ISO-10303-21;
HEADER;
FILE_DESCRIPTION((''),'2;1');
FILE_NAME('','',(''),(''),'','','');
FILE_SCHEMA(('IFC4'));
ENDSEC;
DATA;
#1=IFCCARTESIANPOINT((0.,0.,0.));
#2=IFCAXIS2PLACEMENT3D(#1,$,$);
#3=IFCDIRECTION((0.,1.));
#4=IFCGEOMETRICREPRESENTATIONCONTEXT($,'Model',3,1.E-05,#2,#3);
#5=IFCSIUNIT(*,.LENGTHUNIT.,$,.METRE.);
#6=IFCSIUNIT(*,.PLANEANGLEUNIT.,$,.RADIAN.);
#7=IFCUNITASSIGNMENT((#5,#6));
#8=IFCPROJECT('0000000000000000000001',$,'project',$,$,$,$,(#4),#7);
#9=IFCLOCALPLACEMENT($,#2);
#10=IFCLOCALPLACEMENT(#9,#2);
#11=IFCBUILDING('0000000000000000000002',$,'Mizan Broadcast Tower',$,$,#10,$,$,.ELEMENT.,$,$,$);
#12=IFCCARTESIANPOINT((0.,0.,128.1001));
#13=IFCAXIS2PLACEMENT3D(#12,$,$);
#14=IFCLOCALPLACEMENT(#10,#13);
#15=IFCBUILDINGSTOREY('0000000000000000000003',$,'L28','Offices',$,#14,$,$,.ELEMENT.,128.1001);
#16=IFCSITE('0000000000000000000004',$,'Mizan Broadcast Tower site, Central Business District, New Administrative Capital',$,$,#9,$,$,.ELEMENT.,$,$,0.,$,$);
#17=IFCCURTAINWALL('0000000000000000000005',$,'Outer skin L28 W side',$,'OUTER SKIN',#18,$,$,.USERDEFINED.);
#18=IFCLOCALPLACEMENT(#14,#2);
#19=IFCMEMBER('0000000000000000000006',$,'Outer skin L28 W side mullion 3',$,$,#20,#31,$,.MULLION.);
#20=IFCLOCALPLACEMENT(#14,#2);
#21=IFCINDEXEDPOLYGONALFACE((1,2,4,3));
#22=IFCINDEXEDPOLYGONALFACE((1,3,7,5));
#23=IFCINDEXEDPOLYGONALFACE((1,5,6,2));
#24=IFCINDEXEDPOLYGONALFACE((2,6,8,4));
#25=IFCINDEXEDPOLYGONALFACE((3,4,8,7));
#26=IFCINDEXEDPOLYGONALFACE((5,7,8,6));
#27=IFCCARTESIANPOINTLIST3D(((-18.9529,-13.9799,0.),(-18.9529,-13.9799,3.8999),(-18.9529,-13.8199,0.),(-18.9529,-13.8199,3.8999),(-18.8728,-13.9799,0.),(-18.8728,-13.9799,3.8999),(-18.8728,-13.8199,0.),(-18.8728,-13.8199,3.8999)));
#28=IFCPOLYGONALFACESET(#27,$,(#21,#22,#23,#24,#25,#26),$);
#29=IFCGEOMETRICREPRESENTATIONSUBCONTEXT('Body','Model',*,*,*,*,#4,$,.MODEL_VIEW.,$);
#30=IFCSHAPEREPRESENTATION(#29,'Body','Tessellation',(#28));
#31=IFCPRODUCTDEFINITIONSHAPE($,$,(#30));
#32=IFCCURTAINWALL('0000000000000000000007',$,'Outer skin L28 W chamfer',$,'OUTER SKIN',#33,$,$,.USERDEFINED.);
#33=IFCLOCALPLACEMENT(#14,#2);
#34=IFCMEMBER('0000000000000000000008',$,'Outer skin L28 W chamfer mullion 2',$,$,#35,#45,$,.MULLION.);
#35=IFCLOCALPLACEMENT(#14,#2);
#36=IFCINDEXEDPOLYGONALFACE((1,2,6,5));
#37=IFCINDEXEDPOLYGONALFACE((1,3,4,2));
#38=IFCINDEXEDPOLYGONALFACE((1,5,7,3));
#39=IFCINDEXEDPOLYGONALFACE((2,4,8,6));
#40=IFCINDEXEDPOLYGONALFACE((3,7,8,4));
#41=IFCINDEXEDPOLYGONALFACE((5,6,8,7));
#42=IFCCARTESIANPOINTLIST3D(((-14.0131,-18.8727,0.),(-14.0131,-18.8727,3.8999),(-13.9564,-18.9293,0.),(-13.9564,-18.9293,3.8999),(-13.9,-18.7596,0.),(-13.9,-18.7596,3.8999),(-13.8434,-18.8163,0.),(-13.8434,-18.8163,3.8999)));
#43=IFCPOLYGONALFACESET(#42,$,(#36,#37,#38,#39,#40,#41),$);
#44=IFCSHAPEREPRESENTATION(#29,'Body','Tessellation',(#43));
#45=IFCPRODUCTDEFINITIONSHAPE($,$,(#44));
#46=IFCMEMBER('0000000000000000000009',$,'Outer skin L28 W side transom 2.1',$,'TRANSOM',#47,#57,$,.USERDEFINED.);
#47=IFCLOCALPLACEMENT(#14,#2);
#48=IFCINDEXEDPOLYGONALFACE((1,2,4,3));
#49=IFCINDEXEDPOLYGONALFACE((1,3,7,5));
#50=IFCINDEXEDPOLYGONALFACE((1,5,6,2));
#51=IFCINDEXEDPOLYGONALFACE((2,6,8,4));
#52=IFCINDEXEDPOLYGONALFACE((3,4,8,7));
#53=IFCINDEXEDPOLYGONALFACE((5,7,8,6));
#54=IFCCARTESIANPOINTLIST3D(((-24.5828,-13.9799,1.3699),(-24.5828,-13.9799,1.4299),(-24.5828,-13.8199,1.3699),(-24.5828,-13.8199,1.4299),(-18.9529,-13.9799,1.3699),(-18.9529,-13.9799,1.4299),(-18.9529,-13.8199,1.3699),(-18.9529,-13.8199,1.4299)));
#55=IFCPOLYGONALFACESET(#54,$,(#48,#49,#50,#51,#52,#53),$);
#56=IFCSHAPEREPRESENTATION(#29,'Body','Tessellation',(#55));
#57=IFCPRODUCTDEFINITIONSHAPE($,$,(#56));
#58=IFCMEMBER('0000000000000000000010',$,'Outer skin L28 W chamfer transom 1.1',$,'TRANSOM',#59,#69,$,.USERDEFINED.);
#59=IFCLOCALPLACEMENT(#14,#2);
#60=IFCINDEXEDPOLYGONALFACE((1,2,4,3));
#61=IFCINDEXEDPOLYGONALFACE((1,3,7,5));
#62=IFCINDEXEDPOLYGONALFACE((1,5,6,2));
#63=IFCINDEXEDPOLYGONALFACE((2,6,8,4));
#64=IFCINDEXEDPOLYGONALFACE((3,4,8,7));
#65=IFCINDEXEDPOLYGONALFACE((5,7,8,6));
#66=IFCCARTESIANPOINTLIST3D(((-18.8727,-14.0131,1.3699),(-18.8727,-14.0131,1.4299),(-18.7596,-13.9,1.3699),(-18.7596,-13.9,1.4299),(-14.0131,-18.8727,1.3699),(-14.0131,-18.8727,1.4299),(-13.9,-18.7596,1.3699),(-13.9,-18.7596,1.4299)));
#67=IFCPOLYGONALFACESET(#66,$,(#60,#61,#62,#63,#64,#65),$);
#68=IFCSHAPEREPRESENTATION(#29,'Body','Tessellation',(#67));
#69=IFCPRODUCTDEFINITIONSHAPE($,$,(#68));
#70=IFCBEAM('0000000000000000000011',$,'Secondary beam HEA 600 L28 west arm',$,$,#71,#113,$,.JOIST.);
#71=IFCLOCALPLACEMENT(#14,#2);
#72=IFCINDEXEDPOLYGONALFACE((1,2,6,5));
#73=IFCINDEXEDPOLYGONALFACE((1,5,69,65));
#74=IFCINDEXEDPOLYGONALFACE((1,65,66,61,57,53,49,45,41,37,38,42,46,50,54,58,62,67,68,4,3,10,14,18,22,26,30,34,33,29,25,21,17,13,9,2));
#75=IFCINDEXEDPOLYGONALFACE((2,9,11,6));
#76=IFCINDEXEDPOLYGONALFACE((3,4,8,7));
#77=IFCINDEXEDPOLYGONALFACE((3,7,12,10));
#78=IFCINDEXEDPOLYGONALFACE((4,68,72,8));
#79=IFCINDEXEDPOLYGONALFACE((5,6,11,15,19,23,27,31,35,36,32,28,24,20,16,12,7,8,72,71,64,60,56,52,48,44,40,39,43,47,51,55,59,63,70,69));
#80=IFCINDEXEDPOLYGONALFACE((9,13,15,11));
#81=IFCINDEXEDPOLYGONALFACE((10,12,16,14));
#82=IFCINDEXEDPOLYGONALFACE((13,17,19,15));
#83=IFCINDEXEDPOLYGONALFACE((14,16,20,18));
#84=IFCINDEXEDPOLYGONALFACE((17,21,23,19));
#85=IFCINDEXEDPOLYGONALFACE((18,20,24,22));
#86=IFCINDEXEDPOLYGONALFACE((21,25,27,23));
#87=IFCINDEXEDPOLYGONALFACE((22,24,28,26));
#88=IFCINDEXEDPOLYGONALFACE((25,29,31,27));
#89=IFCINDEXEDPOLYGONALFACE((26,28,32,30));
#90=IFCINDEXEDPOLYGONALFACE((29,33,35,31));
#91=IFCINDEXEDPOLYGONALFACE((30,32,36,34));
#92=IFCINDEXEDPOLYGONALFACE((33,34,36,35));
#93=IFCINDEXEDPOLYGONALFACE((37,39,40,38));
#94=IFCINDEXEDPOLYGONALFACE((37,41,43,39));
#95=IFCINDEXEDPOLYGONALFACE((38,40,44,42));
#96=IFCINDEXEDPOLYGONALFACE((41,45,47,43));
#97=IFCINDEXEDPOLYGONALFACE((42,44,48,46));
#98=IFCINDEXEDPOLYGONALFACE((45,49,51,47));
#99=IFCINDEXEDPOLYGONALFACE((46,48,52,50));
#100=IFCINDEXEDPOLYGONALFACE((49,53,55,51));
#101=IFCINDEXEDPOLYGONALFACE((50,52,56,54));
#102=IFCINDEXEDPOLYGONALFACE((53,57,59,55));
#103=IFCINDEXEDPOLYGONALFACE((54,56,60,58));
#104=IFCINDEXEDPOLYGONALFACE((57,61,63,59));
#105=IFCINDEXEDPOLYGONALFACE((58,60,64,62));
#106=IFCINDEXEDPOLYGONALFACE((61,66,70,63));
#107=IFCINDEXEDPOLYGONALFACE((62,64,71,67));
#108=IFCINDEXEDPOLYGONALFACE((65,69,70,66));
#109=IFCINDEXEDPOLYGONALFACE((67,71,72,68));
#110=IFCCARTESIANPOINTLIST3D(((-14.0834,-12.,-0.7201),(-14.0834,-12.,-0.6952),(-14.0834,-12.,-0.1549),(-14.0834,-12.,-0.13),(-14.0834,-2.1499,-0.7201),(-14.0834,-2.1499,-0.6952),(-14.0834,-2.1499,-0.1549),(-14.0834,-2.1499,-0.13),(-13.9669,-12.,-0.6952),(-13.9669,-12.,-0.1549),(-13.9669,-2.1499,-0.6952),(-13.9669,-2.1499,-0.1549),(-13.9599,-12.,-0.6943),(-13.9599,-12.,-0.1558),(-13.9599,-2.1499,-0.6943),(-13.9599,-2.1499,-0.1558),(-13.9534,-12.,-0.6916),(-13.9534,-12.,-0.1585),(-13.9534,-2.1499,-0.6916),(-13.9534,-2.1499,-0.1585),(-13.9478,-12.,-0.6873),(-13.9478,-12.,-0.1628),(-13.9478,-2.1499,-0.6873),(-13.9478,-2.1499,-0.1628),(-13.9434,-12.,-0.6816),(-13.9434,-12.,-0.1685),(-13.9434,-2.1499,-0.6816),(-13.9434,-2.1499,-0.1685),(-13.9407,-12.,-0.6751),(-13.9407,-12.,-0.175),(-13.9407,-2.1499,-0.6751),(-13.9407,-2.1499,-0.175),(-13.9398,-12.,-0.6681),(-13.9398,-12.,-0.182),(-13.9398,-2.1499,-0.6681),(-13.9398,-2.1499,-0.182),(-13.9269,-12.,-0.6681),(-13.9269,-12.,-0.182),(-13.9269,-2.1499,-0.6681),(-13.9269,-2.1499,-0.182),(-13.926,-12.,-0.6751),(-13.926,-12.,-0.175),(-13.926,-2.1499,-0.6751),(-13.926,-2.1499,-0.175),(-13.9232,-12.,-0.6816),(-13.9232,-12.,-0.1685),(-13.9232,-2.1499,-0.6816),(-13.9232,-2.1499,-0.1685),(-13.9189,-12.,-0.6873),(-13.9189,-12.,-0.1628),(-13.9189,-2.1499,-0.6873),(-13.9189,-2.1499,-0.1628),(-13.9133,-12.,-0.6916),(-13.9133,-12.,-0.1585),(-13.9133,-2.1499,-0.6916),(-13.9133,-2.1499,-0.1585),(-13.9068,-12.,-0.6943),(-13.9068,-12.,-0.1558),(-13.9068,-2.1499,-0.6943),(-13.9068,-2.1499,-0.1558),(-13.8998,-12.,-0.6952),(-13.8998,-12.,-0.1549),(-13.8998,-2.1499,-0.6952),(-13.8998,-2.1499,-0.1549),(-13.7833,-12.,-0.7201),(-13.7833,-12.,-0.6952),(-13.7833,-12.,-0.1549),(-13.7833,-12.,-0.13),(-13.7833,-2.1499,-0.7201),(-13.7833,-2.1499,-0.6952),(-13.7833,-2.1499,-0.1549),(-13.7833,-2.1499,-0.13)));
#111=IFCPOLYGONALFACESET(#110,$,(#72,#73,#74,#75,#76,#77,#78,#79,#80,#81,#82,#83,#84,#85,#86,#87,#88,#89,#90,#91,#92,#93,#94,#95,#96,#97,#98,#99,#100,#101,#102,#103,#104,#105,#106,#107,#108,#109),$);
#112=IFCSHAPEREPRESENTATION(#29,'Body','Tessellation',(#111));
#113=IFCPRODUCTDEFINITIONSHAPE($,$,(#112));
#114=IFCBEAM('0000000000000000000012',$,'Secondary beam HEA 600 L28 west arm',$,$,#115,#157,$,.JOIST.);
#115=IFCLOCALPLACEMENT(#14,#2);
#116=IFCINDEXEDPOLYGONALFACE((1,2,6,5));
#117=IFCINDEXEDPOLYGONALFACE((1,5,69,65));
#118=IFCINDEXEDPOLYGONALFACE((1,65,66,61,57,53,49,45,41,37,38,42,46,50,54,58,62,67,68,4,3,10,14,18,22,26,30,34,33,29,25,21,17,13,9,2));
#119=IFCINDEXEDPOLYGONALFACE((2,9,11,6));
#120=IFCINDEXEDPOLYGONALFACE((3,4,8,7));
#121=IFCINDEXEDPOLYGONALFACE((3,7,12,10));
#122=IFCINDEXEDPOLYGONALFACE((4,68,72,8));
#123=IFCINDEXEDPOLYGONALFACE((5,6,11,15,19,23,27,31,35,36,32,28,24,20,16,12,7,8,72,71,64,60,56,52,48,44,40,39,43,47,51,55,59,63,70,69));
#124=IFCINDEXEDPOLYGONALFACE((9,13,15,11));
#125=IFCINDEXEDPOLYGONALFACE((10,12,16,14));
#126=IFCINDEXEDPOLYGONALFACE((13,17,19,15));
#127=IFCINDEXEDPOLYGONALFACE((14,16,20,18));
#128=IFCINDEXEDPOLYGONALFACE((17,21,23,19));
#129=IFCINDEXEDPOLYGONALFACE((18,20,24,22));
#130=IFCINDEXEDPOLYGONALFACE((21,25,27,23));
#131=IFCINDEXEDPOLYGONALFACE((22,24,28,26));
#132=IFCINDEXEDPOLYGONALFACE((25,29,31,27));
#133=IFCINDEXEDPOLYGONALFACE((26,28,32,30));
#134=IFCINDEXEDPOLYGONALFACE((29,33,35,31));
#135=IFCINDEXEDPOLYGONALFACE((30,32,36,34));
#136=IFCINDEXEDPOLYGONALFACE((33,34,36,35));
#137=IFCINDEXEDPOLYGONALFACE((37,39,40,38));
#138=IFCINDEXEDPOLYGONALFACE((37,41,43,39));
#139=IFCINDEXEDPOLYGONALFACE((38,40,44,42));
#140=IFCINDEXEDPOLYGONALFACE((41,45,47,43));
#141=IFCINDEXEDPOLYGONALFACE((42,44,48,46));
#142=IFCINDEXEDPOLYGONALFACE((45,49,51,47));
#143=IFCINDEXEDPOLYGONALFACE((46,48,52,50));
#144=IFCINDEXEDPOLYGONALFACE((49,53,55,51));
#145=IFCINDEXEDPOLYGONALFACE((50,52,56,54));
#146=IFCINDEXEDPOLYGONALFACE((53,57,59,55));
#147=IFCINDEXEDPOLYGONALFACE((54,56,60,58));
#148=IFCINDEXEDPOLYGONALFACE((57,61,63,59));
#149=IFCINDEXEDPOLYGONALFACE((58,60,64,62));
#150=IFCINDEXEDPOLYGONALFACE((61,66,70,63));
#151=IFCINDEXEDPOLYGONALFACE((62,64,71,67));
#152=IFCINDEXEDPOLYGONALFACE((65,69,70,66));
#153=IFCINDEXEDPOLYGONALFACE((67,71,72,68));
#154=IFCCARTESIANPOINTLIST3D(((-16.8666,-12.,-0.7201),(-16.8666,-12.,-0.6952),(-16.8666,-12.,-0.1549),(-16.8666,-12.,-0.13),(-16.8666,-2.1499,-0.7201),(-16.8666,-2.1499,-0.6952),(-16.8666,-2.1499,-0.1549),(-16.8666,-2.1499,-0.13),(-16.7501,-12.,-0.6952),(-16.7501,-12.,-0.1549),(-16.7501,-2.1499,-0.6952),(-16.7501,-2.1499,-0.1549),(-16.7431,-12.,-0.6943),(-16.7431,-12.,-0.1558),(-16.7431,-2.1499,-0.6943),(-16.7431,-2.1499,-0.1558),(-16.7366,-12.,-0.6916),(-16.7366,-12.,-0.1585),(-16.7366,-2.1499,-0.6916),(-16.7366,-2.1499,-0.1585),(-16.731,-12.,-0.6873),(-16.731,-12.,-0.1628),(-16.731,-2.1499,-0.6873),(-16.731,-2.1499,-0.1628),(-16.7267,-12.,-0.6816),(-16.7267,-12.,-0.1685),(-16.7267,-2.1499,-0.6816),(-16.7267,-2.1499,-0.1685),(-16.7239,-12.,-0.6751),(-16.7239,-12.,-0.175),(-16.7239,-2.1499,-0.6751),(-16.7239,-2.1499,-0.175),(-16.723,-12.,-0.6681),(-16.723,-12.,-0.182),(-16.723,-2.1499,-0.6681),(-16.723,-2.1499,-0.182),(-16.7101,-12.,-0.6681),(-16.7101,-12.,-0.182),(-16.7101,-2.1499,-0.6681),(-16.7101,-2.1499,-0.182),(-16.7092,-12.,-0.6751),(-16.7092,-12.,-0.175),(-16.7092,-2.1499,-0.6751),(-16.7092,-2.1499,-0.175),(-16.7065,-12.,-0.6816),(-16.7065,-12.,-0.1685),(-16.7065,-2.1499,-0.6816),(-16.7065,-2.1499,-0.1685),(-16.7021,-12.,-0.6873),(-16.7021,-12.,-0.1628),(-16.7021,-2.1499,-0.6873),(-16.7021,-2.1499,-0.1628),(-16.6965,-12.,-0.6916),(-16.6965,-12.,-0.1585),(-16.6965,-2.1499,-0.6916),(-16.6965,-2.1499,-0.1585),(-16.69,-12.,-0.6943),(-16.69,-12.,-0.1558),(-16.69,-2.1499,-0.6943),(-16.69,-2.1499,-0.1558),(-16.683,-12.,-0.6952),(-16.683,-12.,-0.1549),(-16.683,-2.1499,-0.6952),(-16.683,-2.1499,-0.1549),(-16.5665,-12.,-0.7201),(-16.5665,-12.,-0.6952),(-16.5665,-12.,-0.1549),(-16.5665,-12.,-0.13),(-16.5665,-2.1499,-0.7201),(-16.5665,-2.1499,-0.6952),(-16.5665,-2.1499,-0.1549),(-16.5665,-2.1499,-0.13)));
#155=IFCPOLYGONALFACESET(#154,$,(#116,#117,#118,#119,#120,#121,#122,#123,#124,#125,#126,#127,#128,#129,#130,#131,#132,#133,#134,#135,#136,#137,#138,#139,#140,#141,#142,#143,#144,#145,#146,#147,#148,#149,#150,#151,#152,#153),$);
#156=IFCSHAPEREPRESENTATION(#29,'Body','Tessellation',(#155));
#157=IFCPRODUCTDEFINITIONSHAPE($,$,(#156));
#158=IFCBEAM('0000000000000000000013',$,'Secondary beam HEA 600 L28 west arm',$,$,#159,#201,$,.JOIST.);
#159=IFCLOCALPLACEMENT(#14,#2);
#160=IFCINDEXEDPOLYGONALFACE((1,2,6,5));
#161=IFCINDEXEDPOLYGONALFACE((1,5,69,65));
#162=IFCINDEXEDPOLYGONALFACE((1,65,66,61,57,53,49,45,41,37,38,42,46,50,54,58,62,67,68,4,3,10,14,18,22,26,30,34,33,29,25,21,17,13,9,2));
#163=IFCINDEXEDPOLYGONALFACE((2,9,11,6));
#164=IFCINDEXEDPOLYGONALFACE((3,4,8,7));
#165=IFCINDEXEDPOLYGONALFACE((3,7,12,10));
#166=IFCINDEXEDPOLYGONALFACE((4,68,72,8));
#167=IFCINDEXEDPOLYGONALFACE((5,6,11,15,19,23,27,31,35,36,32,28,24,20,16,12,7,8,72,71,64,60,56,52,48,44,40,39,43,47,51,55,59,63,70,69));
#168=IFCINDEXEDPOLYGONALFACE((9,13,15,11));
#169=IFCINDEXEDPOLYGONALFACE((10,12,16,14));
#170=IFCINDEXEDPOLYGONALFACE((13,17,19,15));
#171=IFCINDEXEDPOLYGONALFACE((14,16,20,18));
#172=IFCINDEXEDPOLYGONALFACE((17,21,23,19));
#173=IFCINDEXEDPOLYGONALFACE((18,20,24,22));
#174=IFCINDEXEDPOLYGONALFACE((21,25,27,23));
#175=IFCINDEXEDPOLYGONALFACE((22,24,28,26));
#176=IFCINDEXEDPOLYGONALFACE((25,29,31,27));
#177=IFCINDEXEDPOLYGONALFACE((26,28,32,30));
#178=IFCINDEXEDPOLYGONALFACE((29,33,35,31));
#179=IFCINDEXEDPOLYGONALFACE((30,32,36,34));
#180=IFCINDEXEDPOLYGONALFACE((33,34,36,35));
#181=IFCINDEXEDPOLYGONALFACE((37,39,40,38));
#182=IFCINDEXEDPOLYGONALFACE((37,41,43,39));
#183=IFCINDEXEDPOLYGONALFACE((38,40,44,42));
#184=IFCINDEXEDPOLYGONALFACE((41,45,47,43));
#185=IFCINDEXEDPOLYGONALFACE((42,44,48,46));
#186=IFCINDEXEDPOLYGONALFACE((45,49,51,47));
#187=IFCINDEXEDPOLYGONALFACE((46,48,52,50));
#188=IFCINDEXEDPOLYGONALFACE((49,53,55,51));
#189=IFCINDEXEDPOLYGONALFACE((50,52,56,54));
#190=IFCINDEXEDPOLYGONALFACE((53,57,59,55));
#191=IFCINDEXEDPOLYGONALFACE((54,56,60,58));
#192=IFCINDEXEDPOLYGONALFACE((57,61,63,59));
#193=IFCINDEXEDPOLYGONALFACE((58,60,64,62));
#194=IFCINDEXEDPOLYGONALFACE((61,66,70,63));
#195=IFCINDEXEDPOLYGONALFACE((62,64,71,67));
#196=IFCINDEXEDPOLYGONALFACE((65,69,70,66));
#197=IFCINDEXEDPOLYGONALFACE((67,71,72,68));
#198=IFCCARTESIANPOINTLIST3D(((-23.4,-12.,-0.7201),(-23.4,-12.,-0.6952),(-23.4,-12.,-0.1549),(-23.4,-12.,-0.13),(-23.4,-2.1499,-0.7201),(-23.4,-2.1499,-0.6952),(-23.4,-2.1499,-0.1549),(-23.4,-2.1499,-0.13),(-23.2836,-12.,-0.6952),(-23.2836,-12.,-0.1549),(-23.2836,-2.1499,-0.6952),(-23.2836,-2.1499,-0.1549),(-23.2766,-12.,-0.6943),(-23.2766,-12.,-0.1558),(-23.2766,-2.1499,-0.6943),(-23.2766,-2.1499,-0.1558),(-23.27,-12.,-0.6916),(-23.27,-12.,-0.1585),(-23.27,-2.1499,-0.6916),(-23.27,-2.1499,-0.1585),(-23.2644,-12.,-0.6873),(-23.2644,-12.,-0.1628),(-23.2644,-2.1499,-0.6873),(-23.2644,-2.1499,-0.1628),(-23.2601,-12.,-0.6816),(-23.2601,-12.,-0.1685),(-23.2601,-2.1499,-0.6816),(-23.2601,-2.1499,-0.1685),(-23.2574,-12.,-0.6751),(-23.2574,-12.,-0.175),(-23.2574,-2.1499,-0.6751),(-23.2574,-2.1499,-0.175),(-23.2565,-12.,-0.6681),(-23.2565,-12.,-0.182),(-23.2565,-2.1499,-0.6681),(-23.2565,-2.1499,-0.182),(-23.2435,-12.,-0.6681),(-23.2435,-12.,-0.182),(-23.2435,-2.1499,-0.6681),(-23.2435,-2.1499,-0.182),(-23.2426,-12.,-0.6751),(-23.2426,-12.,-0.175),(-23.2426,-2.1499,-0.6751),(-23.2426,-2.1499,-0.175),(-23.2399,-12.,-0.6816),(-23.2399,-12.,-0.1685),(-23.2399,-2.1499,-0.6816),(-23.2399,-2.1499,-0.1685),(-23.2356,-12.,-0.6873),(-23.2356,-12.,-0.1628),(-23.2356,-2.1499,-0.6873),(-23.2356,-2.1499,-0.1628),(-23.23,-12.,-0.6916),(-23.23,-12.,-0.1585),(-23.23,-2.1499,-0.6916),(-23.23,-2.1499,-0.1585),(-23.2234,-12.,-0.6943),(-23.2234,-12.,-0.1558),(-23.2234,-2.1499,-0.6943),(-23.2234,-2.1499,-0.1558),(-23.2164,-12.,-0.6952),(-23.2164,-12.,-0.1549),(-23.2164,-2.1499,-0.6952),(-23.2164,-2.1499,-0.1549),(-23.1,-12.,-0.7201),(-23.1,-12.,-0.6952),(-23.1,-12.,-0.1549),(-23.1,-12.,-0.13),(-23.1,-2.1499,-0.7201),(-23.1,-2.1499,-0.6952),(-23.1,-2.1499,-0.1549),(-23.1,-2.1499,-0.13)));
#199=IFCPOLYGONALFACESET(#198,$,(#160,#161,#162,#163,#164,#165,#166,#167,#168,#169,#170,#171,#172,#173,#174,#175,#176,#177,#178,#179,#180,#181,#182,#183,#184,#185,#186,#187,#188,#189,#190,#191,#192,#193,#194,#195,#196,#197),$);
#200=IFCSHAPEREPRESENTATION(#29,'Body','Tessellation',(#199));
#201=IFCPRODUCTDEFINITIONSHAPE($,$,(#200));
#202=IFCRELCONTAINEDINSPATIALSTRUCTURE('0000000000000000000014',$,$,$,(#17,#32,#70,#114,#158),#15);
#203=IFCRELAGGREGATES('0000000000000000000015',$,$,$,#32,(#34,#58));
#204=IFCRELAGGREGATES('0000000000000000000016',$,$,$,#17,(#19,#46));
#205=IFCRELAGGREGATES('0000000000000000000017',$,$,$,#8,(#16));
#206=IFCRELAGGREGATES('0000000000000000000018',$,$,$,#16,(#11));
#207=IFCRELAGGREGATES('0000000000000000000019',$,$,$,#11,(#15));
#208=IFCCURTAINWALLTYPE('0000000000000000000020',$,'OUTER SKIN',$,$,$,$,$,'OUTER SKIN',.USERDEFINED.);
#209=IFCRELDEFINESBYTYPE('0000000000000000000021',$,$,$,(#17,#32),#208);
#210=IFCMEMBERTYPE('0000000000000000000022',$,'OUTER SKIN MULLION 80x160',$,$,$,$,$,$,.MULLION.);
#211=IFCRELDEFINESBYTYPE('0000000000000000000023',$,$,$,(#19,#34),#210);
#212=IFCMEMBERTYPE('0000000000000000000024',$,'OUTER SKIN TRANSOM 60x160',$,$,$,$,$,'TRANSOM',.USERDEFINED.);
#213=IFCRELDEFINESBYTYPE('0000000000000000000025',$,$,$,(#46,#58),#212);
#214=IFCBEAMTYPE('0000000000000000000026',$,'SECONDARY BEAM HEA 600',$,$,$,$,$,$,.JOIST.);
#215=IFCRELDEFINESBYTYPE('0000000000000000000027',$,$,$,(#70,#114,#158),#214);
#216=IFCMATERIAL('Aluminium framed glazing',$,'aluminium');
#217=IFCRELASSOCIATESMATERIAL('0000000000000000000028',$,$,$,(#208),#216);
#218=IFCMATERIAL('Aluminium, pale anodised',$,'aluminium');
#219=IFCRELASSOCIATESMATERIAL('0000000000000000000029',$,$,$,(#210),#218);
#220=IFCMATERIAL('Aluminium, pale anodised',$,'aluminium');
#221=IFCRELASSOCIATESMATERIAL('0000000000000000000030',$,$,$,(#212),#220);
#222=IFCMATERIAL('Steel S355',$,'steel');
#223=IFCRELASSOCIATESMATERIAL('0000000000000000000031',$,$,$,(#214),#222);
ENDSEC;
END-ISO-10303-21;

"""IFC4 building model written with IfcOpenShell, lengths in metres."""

from ifc_helpers import new_model, si_unit, direction, frame, origin, origin_2d, place, context, subcontext, project, spatial, rectangle, i_section, extrude, material, material_profile, profile_set, type_object, element, aggregate, save


model = new_model("IFC4")

# Units and contexts
model_context = context("Model", 3, precision=1e-05, world=origin(), true_north=direction((0.0, 1.0)))
body_context = subcontext(model_context, "Body", "Model", "MODEL_VIEW")
ifc_project = project(units=[si_unit("LENGTHUNIT", "METRE"), si_unit("PLANEANGLEUNIT", "RADIAN")], contexts=[model_context])

# Site, building, storey
site_placement = place(None, origin())
site = spatial("IfcSite", under=ifc_project, at=site_placement, Name="Mizan Broadcast Tower site, Central Business District, New Administrative Capital", CompositionType="ELEMENT", RefElevation=0.0)
building_placement = place(site_placement, origin())
building = spatial("IfcBuilding", under=site, at=building_placement, Name="Mizan Broadcast Tower", CompositionType="ELEMENT")
storey_placement = place(building_placement, frame((0.0, 0.0, 128.1001)))
storey = spatial("IfcBuildingStorey", under=building, at=storey_placement, Name="L28", Description="Offices", CompositionType="ELEMENT", Elevation=128.1001)

# Curtain wall, member
ifc_material_1 = material(Name="Aluminium framed glazing", Category="aluminium")
curtain_wall_type_1 = type_object("IfcCurtainWallType", Name="OUTER SKIN", ElementType="OUTER SKIN", PredefinedType="USERDEFINED", material=ifc_material_1)
curtain_wall_1_placement = place(storey_placement, origin())
curtain_wall_1 = element("IfcCurtainWall", 1, at=curtain_wall_1_placement, inside=storey, type_object=curtain_wall_type_1, Name="Outer skin L28 W side", ObjectType="OUTER SKIN", PredefinedType="USERDEFINED")
ifc_material_2 = material(Name="Aluminium, pale anodised", Category="aluminium")
ifc_material_profile_1 = material_profile(ifc_material_2, rectangle(XDim=0.1599, YDim=0.0801, at=origin_2d()), Name="MULLION 160x80")
ifc_profile_set_1 = profile_set([ifc_material_profile_1], Name="Aluminium, pale anodised")
member_type_1 = type_object("IfcMemberType", Name="OUTER SKIN MULLION 80x160", PredefinedType="MULLION", material=ifc_profile_set_1)
member_1_placement = place(storey_placement, frame((-18.9128, -13.8999, 0.0), z_axis=(0.0, 0.0, 1.0), x_axis=(0.0, 1.0, 0.0)))
member_1 = element("IfcMember", 2, at=member_1_placement, type_object=member_type_1, Name="Outer skin L28 W side mullion 3", PredefinedType="MULLION", context=body_context, shape_type="SweptSolid", body=[
    extrude(rectangle(XDim=0.1599, YDim=0.0801, at=origin_2d()), origin(), (0.0, 0.0, 1.0), 3.8999),
])

# Curtain wall, member
curtain_wall_2_placement = place(storey_placement, origin())
curtain_wall_2 = element("IfcCurtainWall", 3, at=curtain_wall_2_placement, inside=storey, type_object=curtain_wall_type_1, Name="Outer skin L28 W chamfer", ObjectType="OUTER SKIN", PredefinedType="USERDEFINED")
member_2_placement = place(storey_placement, frame((-13.9282, -18.8445, 0.0), z_axis=(0.0, 0.0, 1.0), x_axis=(0.707107, 0.707107, 0.0)))
member_2 = element("IfcMember", 4, at=member_2_placement, type_object=member_type_1, Name="Outer skin L28 W chamfer mullion 2", PredefinedType="MULLION", context=body_context, shape_type="SweptSolid", body=[
    extrude(rectangle(XDim=0.1599, YDim=0.0801, at=origin_2d()), origin(), (0.0, 0.0, 1.0), 3.8999),
])

# Members
ifc_material_3 = material(Name="Aluminium, pale anodised", Category="aluminium")
ifc_material_profile_2 = material_profile(ifc_material_3, rectangle(XDim=0.1599, YDim=0.0601, at=origin_2d()), Name="TRANSOM 160x60")
ifc_profile_set_2 = profile_set([ifc_material_profile_2], Name="Aluminium, pale anodised")
member_type_2 = type_object("IfcMemberType", Name="OUTER SKIN TRANSOM 60x160", ElementType="TRANSOM", PredefinedType="USERDEFINED", material=ifc_profile_set_2)
member_3_placement = place(storey_placement, frame((-24.5828, -13.8999, 1.3999), z_axis=(1.0, 0.0, 0.0), x_axis=(0.0, 1.0, 0.0)))
member_3 = element("IfcMember", 5, at=member_3_placement, type_object=member_type_2, Name="Outer skin L28 W side transom 2.1", ObjectType="TRANSOM", PredefinedType="USERDEFINED", context=body_context, shape_type="SweptSolid", body=[
    extrude(rectangle(XDim=0.1599, YDim=0.0601, at=origin_2d()), origin(), (0.0, 0.0, 1.0), 5.6299),
])
member_4_placement = place(storey_placement, frame((-18.8162, -13.9565, 1.3999), z_axis=(0.707107, -0.707107, 0.0), x_axis=(0.707107, 0.707107, 0.0)))
member_4 = element("IfcMember", 6, at=member_4_placement, type_object=member_type_2, Name="Outer skin L28 W chamfer transom 1.1", ObjectType="TRANSOM", PredefinedType="USERDEFINED", context=body_context, shape_type="SweptSolid", body=[
    extrude(rectangle(XDim=0.1599, YDim=0.0601, at=origin_2d()), origin(), (0.0, 0.0, 1.0), 6.8726),
])

# Beams
ifc_material_4 = material(Name="Steel S355", Category="steel")
ifc_material_profile_3 = material_profile(ifc_material_4, i_section(OverallWidth=0.3, OverallDepth=0.5901, WebThickness=0.0129, FlangeThickness=0.0249, FilletRadius=0.0271, at=origin_2d()), Name="HEA 600")
ifc_profile_set_3 = profile_set([ifc_material_profile_3], Name="Steel S355")
beam_type_1 = type_object("IfcBeamType", Name="SECONDARY BEAM HEA 600", PredefinedType="JOIST", material=ifc_profile_set_3)
for number, where, z_axis, x_axis, name in (
    (7, (-13.9333, -12.0, -0.425), (0.0, 1.0, 0.0), (-1.0, 0.0, 0.0), "Secondary beam HEA 600 L28 west arm"),
    (8, (-16.7166, -12.0, -0.425), (0.0, 1.0, 0.0), (-1.0, 0.0, 0.0), "Secondary beam HEA 600 L28 west arm"),
    (9, (-23.25, -12.0, -0.425), (0.0, 1.0, 0.0), (-1.0, 0.0, 0.0), "Secondary beam HEA 600 L28 west arm"),
):
    element("IfcBeam", number, at=place(storey_placement, frame(where, z_axis=z_axis, x_axis=x_axis)), inside=storey, type_object=beam_type_1, Name=name, PredefinedType="JOIST", context=body_context, shape_type="SweptSolid", body=[
        extrude(i_section(OverallWidth=0.3, OverallDepth=0.5901, WebThickness=0.0129, FlangeThickness=0.0249, FilletRadius=0.0271, at=origin_2d()), origin(), (0.0, 0.0, 1.0), 9.8501),
    ])

aggregate(curtain_wall_2, [member_2, member_4])
aggregate(curtain_wall_1, [member_1, member_3])

save(model, "model.ifc")
